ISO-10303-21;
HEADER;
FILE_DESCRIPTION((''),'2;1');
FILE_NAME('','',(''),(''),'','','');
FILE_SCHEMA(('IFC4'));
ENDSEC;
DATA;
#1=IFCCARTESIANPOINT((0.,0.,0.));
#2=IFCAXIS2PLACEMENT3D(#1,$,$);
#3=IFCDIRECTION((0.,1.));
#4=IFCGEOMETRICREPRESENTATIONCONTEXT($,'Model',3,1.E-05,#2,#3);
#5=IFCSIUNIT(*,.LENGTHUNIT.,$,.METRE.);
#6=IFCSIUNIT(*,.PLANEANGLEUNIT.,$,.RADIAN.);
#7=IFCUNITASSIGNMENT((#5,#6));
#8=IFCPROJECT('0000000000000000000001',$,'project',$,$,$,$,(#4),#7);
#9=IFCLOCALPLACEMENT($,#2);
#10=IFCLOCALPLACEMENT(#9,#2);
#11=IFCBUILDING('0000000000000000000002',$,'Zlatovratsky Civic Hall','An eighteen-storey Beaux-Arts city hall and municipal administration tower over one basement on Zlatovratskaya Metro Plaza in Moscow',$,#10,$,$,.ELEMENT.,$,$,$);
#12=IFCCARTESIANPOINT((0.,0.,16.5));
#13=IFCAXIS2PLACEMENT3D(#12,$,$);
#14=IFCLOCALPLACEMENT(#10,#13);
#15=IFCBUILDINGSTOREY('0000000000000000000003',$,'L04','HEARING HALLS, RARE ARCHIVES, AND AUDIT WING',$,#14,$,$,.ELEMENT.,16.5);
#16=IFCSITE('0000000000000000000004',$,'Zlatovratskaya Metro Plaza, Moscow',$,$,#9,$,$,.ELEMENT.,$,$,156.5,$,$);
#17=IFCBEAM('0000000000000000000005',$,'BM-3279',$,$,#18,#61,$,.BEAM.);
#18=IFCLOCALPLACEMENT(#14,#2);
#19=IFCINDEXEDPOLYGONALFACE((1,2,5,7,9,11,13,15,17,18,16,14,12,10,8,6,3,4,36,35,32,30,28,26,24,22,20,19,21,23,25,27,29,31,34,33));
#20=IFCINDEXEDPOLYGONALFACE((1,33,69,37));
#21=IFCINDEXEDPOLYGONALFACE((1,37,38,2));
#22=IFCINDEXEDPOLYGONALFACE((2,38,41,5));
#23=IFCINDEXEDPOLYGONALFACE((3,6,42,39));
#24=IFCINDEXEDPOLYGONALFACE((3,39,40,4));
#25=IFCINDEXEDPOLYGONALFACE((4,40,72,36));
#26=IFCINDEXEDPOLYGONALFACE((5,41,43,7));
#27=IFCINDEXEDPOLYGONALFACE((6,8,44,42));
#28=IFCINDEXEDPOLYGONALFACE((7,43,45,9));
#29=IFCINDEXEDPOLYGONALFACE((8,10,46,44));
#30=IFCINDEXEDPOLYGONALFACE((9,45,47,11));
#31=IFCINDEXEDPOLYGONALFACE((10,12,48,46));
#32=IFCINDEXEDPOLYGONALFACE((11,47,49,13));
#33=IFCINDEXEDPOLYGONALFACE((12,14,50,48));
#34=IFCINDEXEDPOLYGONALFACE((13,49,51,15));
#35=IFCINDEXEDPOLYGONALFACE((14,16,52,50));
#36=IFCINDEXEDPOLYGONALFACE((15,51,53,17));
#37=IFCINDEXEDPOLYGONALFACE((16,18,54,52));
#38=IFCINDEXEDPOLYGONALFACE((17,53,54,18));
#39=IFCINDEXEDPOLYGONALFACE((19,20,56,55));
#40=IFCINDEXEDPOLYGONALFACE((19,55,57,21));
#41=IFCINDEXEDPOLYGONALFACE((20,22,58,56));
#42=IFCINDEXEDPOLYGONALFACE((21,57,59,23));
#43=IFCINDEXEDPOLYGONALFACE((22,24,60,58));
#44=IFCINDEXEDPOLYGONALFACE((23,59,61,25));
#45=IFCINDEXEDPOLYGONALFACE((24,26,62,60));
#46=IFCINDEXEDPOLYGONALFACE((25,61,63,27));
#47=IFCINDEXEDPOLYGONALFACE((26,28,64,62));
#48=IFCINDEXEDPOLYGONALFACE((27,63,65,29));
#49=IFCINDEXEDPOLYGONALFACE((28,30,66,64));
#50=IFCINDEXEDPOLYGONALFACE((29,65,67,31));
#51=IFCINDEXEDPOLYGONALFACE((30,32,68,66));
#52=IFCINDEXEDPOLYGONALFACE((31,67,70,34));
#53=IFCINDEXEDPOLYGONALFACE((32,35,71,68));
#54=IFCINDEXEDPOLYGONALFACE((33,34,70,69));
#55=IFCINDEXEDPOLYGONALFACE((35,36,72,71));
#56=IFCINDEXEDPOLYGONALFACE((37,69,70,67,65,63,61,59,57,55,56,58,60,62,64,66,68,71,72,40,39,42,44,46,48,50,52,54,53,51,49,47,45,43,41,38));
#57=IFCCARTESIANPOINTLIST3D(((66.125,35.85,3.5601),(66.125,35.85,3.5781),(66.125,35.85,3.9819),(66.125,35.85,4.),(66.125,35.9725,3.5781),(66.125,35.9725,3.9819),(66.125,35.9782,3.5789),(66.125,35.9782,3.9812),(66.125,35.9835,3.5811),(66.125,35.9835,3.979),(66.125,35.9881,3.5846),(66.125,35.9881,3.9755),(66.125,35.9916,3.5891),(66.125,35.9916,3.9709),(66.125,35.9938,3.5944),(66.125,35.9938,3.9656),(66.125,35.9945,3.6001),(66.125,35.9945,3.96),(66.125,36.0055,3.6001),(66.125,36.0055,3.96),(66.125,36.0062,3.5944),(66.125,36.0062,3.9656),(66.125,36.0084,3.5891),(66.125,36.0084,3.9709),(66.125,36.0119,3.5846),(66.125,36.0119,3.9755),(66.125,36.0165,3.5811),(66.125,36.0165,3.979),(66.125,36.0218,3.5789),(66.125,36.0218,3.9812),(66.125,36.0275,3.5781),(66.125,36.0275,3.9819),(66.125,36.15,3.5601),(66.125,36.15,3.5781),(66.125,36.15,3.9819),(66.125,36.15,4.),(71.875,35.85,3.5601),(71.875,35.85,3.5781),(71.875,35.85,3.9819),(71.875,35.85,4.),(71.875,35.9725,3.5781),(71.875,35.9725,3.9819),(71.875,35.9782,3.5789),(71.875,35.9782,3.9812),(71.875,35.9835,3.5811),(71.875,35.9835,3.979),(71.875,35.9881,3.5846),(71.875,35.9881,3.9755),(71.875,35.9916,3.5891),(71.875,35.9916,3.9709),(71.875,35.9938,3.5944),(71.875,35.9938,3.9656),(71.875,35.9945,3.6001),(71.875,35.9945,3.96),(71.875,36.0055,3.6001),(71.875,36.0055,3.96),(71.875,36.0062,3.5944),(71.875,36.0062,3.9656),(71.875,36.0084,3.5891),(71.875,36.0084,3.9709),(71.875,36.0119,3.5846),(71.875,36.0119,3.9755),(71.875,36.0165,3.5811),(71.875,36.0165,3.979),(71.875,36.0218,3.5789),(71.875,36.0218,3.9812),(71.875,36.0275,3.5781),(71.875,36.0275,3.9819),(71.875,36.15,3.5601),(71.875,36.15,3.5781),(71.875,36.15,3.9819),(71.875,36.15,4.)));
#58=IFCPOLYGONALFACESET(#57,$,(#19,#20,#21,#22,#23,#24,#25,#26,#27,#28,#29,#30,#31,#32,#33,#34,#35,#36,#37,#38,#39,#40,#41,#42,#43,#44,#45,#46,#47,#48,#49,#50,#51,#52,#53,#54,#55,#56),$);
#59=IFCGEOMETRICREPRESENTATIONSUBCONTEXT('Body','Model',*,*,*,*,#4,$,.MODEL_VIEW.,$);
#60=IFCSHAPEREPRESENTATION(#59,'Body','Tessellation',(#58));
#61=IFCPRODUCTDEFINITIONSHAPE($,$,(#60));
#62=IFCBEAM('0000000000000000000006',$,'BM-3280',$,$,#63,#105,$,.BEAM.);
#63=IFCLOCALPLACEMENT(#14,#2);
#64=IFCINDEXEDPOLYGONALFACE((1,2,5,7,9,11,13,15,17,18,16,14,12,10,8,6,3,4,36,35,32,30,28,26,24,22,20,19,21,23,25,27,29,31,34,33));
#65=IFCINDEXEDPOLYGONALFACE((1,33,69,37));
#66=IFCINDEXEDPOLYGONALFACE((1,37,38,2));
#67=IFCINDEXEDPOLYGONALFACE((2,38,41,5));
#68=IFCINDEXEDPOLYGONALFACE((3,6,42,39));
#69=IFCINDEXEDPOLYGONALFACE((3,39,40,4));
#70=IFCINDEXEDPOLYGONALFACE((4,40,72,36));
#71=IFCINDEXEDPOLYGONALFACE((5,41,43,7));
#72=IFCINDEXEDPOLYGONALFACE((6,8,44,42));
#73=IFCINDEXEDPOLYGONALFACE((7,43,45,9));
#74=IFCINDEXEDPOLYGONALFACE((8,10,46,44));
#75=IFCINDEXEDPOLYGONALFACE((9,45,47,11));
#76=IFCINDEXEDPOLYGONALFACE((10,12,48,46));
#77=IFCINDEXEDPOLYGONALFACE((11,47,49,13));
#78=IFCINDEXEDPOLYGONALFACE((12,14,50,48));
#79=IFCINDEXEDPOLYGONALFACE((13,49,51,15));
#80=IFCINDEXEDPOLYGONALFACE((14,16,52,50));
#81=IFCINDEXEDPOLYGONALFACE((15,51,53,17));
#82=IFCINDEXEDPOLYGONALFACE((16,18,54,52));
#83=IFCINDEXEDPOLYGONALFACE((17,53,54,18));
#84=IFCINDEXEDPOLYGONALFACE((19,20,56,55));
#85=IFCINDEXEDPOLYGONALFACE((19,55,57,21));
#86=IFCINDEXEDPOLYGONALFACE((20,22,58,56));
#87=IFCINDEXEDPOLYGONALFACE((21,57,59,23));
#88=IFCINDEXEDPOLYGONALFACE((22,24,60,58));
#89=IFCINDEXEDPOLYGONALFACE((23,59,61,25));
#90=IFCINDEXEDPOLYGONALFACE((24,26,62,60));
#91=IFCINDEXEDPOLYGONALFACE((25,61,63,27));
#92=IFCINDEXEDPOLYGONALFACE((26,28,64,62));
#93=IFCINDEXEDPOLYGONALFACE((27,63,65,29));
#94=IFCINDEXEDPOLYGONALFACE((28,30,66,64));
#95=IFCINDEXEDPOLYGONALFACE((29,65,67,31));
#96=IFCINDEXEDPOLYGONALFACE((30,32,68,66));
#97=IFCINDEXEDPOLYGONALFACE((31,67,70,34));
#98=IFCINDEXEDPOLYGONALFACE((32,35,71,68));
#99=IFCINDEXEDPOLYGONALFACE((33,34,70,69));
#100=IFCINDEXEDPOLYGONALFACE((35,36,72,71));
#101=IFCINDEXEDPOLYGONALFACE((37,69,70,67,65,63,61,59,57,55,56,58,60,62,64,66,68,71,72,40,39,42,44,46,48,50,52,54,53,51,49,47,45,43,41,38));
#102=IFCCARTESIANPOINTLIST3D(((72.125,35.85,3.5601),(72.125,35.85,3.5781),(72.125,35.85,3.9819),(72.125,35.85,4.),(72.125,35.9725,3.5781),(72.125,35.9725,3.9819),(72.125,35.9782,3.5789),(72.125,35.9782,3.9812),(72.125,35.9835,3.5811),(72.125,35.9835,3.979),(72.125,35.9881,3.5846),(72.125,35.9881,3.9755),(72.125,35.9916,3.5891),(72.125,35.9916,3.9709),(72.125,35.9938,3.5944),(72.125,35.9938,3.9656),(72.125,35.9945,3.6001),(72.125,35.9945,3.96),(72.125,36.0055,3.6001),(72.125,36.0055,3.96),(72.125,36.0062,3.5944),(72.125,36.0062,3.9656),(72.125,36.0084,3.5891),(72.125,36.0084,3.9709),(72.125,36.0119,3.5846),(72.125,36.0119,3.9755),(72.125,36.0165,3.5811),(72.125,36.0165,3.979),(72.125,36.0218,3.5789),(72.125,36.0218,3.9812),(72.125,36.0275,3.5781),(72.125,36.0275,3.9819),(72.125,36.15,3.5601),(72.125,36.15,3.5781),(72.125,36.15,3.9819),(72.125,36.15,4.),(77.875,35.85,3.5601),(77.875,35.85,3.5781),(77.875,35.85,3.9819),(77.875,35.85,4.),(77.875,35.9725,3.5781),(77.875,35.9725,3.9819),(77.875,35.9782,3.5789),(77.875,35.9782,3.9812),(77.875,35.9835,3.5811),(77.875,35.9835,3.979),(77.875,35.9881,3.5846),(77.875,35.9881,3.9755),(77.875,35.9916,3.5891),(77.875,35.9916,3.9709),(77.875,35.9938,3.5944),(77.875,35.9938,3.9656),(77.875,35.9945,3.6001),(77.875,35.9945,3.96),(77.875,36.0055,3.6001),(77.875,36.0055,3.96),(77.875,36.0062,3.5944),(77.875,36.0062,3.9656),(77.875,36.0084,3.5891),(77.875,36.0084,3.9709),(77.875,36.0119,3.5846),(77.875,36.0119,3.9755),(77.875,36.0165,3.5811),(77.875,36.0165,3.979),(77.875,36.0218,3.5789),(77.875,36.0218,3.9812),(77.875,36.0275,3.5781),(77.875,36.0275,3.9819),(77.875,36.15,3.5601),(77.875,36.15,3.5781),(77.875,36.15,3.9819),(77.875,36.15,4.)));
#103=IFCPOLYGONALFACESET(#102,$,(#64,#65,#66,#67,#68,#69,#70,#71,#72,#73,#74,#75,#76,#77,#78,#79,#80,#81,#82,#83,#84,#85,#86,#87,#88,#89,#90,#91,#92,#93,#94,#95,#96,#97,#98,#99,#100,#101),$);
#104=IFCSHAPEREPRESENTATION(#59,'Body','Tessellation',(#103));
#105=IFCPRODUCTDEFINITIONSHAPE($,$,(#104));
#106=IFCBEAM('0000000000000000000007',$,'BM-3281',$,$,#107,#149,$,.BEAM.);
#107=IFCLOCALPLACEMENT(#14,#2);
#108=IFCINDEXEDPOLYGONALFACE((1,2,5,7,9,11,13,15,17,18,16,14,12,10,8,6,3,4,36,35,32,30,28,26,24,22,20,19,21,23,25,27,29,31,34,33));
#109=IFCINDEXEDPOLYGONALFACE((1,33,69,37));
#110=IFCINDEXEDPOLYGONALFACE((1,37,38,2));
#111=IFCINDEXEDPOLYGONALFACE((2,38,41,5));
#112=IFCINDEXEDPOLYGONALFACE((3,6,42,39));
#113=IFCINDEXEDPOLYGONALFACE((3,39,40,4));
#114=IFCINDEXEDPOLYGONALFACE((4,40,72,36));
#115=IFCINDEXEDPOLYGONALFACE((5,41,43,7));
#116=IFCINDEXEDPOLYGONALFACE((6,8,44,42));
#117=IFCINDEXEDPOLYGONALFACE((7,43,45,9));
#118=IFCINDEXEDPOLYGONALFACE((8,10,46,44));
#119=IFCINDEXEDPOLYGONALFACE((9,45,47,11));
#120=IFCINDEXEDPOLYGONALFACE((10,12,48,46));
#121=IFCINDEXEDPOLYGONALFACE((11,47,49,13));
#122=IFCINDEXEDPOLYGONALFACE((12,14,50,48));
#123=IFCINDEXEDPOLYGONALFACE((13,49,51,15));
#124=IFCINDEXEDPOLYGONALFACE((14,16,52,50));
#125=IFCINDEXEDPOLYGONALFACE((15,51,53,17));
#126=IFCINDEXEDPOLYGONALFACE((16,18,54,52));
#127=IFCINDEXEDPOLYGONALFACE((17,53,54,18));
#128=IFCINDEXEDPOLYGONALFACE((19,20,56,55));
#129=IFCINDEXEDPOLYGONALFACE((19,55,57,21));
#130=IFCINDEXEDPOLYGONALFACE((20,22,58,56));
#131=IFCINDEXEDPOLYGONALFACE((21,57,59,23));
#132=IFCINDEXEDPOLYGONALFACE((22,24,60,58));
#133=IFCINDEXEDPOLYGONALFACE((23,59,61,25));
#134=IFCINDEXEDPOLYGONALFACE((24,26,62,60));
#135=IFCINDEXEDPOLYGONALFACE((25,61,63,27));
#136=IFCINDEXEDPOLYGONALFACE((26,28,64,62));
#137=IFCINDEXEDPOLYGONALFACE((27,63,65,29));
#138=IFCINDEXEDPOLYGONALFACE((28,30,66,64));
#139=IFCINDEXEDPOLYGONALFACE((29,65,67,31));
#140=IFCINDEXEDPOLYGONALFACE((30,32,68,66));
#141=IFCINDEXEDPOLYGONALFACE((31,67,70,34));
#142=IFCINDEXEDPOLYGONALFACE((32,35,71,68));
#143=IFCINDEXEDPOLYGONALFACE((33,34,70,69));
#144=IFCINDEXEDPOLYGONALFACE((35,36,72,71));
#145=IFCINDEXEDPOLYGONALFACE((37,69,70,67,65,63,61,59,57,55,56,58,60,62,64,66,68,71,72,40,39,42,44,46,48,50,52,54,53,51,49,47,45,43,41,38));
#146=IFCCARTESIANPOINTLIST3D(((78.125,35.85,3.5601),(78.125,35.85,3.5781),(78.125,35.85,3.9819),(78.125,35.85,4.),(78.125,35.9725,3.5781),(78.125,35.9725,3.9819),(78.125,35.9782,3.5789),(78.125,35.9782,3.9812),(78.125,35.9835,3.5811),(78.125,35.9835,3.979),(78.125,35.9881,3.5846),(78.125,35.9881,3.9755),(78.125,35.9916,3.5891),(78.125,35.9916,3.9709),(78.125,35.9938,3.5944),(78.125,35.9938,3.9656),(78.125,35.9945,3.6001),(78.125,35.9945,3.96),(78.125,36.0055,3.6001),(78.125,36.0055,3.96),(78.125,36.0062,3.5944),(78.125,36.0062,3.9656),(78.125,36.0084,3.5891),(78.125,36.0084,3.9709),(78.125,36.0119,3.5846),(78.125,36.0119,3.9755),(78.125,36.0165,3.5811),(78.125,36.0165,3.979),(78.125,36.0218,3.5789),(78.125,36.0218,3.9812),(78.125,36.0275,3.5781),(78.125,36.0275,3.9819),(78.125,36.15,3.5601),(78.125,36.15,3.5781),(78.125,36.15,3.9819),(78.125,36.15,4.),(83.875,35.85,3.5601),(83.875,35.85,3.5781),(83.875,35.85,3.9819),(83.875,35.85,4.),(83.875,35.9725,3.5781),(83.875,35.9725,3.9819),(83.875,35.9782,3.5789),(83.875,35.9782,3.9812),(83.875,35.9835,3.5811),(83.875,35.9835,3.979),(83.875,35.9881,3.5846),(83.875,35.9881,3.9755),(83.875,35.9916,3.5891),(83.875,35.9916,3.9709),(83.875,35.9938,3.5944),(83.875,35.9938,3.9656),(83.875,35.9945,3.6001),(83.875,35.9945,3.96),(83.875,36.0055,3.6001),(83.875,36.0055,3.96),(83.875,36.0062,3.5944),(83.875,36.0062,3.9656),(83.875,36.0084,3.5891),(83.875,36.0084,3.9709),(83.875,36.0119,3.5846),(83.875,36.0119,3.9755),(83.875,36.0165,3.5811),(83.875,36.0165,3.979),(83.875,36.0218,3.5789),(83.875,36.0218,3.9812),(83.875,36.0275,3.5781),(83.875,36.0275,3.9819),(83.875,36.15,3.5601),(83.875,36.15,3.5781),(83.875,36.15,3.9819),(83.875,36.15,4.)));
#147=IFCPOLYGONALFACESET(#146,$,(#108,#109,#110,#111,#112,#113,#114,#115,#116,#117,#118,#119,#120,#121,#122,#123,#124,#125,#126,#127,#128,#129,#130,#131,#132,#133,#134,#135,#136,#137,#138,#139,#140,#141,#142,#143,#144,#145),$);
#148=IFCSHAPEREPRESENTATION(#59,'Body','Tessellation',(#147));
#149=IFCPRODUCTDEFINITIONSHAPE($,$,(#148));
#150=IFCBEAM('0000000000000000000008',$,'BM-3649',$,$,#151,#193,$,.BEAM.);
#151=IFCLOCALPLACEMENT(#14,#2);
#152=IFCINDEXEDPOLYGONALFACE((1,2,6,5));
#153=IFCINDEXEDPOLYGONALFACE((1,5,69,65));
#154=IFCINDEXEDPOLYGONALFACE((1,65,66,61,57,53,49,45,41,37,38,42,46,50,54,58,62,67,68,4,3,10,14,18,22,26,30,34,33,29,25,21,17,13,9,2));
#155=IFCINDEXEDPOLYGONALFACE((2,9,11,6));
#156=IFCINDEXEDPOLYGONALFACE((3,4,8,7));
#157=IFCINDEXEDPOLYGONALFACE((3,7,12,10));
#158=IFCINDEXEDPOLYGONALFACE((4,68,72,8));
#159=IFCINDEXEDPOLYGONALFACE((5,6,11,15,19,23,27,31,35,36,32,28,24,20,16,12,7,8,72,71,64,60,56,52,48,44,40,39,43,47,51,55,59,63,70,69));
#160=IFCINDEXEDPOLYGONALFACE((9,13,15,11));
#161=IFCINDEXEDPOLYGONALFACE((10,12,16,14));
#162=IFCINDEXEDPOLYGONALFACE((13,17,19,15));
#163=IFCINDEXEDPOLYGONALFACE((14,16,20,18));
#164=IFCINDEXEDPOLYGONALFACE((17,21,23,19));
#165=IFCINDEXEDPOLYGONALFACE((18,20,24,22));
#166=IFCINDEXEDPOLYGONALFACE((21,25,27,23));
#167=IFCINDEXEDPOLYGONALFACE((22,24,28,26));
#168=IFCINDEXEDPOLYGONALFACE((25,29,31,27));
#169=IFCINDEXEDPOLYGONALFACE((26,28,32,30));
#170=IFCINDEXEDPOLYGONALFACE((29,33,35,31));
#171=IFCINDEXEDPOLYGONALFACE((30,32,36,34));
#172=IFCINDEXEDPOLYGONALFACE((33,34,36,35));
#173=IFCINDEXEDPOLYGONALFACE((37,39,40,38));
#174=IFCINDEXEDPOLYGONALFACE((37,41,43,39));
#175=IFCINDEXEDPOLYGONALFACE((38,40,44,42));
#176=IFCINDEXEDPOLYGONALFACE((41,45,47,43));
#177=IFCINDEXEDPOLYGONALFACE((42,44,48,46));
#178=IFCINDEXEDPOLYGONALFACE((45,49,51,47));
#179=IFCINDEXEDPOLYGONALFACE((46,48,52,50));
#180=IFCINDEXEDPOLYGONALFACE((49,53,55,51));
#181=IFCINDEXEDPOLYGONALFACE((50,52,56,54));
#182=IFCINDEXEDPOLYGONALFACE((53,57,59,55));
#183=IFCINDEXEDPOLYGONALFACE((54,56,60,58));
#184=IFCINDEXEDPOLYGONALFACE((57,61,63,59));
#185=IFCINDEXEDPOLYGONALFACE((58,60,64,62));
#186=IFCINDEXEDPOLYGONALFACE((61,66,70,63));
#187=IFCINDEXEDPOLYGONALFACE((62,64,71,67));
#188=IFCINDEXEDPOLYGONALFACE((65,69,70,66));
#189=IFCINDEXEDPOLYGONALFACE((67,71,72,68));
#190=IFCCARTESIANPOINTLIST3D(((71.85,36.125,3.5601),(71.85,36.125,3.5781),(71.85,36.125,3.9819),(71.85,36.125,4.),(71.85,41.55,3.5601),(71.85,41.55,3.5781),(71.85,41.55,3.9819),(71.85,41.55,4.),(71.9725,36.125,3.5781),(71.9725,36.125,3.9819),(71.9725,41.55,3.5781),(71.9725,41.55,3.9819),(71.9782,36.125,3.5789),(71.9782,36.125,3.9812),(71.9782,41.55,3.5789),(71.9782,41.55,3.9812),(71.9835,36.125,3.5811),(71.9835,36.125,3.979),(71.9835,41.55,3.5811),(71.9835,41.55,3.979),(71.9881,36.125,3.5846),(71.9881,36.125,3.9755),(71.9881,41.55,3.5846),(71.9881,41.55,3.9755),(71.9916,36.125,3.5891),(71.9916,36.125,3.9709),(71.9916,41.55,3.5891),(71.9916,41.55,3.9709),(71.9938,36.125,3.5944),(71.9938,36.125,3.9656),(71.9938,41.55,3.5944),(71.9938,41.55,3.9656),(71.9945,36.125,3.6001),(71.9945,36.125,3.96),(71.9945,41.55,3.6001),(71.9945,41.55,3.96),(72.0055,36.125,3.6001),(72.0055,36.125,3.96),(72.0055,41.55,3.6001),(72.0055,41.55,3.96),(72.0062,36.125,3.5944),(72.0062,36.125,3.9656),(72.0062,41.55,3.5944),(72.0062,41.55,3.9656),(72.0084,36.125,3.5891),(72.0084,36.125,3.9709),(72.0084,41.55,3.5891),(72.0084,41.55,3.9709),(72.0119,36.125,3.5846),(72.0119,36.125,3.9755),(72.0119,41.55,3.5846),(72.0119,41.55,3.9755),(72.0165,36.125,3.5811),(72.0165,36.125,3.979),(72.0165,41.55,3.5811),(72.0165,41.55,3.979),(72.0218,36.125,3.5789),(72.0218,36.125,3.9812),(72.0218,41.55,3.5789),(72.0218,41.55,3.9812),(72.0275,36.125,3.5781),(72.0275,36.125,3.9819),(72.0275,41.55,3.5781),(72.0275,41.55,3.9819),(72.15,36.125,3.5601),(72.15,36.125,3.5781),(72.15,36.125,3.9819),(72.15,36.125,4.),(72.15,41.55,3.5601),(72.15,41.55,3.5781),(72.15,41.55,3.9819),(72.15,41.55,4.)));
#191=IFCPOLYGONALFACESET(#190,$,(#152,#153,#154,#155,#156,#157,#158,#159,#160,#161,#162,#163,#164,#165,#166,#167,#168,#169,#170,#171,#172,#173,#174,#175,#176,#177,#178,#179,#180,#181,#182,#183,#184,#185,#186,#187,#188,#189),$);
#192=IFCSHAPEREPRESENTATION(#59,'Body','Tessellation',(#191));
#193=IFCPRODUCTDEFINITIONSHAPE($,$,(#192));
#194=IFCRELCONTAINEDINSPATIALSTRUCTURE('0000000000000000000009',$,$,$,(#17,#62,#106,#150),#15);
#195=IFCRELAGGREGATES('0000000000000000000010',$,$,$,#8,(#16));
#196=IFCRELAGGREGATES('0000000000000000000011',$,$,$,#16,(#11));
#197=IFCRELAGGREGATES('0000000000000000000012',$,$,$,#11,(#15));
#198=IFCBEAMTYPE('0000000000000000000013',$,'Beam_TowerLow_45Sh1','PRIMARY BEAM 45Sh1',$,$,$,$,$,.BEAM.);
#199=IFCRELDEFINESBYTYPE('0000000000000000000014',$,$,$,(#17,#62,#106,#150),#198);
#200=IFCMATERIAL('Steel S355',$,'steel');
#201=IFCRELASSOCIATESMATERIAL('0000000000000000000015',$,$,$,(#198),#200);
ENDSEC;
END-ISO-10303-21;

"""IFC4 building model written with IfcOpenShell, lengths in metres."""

from ifc_helpers import new_model, si_unit, direction, frame, origin, origin_2d, place, context, subcontext, project, spatial, i_section, extrude, material, material_profile, profile_set, type_object, element, save


model = new_model("IFC4")

# Units and contexts
model_context = context("Model", 3, precision=1e-05, world=origin(), true_north=direction((0.0, 1.0)))
body_context = subcontext(model_context, "Body", "Model", "MODEL_VIEW")
ifc_project = project(units=[si_unit("LENGTHUNIT", "METRE"), si_unit("PLANEANGLEUNIT", "RADIAN")], contexts=[model_context])

# Site, building, storey
site_placement = place(None, origin())
site = spatial("IfcSite", under=ifc_project, at=site_placement, Name="Zlatovratskaya Metro Plaza, Moscow", CompositionType="ELEMENT", RefElevation=156.5)
building_placement = place(site_placement, origin())
building = spatial("IfcBuilding", under=site, at=building_placement, Name="Zlatovratsky Civic Hall", Description="An eighteen-storey Beaux-Arts city hall and municipal administration tower over one basement on Zlatovratskaya Metro Plaza in Moscow", CompositionType="ELEMENT")
storey_placement = place(building_placement, frame((0.0, 0.0, 16.5)))
storey = spatial("IfcBuildingStorey", under=building, at=storey_placement, Name="L04", Description="HEARING HALLS, RARE ARCHIVES, AND AUDIT WING", CompositionType="ELEMENT", Elevation=16.5)

# Shared definitions
ifc_material_1 = material(Name="Steel S355", Category="steel")

# Beams
ifc_material_profile_1 = material_profile(ifc_material_1, i_section(OverallWidth=0.3, OverallDepth=0.4399, WebThickness=0.011, FlangeThickness=0.0181, FilletRadius=0.022, at=origin_2d()), Name="45Sh1")
ifc_profile_set_1 = profile_set([ifc_material_profile_1], Name="Steel S355")
beam_type_1 = type_object("IfcBeamType", Name="Beam_TowerLow_45Sh1", Description="PRIMARY BEAM 45Sh1", PredefinedType="BEAM", material=ifc_profile_set_1)
for number, where, z_axis, x_axis, name in (
    (1, (66.125, 36.0, 3.78), (1.0, 0.0, 0.0), (0.0, 1.0, 0.0), "BM-3279"),
    (2, (72.125, 36.0, 3.78), (1.0, 0.0, 0.0), (0.0, 1.0, 0.0), "BM-3280"),
    (3, (78.125, 36.0, 3.78), (1.0, 0.0, 0.0), (0.0, 1.0, 0.0), "BM-3281"),
):
    element("IfcBeam", number, at=place(storey_placement, frame(where, z_axis=z_axis, x_axis=x_axis)), inside=storey, type_object=beam_type_1, Name=name, PredefinedType="BEAM", context=body_context, shape_type="SweptSolid", body=[
        extrude(i_section(OverallWidth=0.3, OverallDepth=0.4399, WebThickness=0.011, FlangeThickness=0.0181, FilletRadius=0.022, at=origin_2d()), origin(), (0.0, 0.0, 1.0), 5.75),
    ])
for number, where, z_axis, x_axis, name in (
    (4, (72.0, 36.125, 3.78), (0.0, 1.0, 0.0), (-1.0, 0.0, 0.0), "BM-3649"),
):
    element("IfcBeam", number, at=place(storey_placement, frame(where, z_axis=z_axis, x_axis=x_axis)), inside=storey, type_object=beam_type_1, Name=name, PredefinedType="BEAM", context=body_context, shape_type="SweptSolid", body=[
        extrude(i_section(OverallWidth=0.3, OverallDepth=0.4399, WebThickness=0.011, FlangeThickness=0.0181, FilletRadius=0.022, at=origin_2d()), origin(), (0.0, 0.0, 1.0), 5.425),
    ])

save(model, "model.ifc")
